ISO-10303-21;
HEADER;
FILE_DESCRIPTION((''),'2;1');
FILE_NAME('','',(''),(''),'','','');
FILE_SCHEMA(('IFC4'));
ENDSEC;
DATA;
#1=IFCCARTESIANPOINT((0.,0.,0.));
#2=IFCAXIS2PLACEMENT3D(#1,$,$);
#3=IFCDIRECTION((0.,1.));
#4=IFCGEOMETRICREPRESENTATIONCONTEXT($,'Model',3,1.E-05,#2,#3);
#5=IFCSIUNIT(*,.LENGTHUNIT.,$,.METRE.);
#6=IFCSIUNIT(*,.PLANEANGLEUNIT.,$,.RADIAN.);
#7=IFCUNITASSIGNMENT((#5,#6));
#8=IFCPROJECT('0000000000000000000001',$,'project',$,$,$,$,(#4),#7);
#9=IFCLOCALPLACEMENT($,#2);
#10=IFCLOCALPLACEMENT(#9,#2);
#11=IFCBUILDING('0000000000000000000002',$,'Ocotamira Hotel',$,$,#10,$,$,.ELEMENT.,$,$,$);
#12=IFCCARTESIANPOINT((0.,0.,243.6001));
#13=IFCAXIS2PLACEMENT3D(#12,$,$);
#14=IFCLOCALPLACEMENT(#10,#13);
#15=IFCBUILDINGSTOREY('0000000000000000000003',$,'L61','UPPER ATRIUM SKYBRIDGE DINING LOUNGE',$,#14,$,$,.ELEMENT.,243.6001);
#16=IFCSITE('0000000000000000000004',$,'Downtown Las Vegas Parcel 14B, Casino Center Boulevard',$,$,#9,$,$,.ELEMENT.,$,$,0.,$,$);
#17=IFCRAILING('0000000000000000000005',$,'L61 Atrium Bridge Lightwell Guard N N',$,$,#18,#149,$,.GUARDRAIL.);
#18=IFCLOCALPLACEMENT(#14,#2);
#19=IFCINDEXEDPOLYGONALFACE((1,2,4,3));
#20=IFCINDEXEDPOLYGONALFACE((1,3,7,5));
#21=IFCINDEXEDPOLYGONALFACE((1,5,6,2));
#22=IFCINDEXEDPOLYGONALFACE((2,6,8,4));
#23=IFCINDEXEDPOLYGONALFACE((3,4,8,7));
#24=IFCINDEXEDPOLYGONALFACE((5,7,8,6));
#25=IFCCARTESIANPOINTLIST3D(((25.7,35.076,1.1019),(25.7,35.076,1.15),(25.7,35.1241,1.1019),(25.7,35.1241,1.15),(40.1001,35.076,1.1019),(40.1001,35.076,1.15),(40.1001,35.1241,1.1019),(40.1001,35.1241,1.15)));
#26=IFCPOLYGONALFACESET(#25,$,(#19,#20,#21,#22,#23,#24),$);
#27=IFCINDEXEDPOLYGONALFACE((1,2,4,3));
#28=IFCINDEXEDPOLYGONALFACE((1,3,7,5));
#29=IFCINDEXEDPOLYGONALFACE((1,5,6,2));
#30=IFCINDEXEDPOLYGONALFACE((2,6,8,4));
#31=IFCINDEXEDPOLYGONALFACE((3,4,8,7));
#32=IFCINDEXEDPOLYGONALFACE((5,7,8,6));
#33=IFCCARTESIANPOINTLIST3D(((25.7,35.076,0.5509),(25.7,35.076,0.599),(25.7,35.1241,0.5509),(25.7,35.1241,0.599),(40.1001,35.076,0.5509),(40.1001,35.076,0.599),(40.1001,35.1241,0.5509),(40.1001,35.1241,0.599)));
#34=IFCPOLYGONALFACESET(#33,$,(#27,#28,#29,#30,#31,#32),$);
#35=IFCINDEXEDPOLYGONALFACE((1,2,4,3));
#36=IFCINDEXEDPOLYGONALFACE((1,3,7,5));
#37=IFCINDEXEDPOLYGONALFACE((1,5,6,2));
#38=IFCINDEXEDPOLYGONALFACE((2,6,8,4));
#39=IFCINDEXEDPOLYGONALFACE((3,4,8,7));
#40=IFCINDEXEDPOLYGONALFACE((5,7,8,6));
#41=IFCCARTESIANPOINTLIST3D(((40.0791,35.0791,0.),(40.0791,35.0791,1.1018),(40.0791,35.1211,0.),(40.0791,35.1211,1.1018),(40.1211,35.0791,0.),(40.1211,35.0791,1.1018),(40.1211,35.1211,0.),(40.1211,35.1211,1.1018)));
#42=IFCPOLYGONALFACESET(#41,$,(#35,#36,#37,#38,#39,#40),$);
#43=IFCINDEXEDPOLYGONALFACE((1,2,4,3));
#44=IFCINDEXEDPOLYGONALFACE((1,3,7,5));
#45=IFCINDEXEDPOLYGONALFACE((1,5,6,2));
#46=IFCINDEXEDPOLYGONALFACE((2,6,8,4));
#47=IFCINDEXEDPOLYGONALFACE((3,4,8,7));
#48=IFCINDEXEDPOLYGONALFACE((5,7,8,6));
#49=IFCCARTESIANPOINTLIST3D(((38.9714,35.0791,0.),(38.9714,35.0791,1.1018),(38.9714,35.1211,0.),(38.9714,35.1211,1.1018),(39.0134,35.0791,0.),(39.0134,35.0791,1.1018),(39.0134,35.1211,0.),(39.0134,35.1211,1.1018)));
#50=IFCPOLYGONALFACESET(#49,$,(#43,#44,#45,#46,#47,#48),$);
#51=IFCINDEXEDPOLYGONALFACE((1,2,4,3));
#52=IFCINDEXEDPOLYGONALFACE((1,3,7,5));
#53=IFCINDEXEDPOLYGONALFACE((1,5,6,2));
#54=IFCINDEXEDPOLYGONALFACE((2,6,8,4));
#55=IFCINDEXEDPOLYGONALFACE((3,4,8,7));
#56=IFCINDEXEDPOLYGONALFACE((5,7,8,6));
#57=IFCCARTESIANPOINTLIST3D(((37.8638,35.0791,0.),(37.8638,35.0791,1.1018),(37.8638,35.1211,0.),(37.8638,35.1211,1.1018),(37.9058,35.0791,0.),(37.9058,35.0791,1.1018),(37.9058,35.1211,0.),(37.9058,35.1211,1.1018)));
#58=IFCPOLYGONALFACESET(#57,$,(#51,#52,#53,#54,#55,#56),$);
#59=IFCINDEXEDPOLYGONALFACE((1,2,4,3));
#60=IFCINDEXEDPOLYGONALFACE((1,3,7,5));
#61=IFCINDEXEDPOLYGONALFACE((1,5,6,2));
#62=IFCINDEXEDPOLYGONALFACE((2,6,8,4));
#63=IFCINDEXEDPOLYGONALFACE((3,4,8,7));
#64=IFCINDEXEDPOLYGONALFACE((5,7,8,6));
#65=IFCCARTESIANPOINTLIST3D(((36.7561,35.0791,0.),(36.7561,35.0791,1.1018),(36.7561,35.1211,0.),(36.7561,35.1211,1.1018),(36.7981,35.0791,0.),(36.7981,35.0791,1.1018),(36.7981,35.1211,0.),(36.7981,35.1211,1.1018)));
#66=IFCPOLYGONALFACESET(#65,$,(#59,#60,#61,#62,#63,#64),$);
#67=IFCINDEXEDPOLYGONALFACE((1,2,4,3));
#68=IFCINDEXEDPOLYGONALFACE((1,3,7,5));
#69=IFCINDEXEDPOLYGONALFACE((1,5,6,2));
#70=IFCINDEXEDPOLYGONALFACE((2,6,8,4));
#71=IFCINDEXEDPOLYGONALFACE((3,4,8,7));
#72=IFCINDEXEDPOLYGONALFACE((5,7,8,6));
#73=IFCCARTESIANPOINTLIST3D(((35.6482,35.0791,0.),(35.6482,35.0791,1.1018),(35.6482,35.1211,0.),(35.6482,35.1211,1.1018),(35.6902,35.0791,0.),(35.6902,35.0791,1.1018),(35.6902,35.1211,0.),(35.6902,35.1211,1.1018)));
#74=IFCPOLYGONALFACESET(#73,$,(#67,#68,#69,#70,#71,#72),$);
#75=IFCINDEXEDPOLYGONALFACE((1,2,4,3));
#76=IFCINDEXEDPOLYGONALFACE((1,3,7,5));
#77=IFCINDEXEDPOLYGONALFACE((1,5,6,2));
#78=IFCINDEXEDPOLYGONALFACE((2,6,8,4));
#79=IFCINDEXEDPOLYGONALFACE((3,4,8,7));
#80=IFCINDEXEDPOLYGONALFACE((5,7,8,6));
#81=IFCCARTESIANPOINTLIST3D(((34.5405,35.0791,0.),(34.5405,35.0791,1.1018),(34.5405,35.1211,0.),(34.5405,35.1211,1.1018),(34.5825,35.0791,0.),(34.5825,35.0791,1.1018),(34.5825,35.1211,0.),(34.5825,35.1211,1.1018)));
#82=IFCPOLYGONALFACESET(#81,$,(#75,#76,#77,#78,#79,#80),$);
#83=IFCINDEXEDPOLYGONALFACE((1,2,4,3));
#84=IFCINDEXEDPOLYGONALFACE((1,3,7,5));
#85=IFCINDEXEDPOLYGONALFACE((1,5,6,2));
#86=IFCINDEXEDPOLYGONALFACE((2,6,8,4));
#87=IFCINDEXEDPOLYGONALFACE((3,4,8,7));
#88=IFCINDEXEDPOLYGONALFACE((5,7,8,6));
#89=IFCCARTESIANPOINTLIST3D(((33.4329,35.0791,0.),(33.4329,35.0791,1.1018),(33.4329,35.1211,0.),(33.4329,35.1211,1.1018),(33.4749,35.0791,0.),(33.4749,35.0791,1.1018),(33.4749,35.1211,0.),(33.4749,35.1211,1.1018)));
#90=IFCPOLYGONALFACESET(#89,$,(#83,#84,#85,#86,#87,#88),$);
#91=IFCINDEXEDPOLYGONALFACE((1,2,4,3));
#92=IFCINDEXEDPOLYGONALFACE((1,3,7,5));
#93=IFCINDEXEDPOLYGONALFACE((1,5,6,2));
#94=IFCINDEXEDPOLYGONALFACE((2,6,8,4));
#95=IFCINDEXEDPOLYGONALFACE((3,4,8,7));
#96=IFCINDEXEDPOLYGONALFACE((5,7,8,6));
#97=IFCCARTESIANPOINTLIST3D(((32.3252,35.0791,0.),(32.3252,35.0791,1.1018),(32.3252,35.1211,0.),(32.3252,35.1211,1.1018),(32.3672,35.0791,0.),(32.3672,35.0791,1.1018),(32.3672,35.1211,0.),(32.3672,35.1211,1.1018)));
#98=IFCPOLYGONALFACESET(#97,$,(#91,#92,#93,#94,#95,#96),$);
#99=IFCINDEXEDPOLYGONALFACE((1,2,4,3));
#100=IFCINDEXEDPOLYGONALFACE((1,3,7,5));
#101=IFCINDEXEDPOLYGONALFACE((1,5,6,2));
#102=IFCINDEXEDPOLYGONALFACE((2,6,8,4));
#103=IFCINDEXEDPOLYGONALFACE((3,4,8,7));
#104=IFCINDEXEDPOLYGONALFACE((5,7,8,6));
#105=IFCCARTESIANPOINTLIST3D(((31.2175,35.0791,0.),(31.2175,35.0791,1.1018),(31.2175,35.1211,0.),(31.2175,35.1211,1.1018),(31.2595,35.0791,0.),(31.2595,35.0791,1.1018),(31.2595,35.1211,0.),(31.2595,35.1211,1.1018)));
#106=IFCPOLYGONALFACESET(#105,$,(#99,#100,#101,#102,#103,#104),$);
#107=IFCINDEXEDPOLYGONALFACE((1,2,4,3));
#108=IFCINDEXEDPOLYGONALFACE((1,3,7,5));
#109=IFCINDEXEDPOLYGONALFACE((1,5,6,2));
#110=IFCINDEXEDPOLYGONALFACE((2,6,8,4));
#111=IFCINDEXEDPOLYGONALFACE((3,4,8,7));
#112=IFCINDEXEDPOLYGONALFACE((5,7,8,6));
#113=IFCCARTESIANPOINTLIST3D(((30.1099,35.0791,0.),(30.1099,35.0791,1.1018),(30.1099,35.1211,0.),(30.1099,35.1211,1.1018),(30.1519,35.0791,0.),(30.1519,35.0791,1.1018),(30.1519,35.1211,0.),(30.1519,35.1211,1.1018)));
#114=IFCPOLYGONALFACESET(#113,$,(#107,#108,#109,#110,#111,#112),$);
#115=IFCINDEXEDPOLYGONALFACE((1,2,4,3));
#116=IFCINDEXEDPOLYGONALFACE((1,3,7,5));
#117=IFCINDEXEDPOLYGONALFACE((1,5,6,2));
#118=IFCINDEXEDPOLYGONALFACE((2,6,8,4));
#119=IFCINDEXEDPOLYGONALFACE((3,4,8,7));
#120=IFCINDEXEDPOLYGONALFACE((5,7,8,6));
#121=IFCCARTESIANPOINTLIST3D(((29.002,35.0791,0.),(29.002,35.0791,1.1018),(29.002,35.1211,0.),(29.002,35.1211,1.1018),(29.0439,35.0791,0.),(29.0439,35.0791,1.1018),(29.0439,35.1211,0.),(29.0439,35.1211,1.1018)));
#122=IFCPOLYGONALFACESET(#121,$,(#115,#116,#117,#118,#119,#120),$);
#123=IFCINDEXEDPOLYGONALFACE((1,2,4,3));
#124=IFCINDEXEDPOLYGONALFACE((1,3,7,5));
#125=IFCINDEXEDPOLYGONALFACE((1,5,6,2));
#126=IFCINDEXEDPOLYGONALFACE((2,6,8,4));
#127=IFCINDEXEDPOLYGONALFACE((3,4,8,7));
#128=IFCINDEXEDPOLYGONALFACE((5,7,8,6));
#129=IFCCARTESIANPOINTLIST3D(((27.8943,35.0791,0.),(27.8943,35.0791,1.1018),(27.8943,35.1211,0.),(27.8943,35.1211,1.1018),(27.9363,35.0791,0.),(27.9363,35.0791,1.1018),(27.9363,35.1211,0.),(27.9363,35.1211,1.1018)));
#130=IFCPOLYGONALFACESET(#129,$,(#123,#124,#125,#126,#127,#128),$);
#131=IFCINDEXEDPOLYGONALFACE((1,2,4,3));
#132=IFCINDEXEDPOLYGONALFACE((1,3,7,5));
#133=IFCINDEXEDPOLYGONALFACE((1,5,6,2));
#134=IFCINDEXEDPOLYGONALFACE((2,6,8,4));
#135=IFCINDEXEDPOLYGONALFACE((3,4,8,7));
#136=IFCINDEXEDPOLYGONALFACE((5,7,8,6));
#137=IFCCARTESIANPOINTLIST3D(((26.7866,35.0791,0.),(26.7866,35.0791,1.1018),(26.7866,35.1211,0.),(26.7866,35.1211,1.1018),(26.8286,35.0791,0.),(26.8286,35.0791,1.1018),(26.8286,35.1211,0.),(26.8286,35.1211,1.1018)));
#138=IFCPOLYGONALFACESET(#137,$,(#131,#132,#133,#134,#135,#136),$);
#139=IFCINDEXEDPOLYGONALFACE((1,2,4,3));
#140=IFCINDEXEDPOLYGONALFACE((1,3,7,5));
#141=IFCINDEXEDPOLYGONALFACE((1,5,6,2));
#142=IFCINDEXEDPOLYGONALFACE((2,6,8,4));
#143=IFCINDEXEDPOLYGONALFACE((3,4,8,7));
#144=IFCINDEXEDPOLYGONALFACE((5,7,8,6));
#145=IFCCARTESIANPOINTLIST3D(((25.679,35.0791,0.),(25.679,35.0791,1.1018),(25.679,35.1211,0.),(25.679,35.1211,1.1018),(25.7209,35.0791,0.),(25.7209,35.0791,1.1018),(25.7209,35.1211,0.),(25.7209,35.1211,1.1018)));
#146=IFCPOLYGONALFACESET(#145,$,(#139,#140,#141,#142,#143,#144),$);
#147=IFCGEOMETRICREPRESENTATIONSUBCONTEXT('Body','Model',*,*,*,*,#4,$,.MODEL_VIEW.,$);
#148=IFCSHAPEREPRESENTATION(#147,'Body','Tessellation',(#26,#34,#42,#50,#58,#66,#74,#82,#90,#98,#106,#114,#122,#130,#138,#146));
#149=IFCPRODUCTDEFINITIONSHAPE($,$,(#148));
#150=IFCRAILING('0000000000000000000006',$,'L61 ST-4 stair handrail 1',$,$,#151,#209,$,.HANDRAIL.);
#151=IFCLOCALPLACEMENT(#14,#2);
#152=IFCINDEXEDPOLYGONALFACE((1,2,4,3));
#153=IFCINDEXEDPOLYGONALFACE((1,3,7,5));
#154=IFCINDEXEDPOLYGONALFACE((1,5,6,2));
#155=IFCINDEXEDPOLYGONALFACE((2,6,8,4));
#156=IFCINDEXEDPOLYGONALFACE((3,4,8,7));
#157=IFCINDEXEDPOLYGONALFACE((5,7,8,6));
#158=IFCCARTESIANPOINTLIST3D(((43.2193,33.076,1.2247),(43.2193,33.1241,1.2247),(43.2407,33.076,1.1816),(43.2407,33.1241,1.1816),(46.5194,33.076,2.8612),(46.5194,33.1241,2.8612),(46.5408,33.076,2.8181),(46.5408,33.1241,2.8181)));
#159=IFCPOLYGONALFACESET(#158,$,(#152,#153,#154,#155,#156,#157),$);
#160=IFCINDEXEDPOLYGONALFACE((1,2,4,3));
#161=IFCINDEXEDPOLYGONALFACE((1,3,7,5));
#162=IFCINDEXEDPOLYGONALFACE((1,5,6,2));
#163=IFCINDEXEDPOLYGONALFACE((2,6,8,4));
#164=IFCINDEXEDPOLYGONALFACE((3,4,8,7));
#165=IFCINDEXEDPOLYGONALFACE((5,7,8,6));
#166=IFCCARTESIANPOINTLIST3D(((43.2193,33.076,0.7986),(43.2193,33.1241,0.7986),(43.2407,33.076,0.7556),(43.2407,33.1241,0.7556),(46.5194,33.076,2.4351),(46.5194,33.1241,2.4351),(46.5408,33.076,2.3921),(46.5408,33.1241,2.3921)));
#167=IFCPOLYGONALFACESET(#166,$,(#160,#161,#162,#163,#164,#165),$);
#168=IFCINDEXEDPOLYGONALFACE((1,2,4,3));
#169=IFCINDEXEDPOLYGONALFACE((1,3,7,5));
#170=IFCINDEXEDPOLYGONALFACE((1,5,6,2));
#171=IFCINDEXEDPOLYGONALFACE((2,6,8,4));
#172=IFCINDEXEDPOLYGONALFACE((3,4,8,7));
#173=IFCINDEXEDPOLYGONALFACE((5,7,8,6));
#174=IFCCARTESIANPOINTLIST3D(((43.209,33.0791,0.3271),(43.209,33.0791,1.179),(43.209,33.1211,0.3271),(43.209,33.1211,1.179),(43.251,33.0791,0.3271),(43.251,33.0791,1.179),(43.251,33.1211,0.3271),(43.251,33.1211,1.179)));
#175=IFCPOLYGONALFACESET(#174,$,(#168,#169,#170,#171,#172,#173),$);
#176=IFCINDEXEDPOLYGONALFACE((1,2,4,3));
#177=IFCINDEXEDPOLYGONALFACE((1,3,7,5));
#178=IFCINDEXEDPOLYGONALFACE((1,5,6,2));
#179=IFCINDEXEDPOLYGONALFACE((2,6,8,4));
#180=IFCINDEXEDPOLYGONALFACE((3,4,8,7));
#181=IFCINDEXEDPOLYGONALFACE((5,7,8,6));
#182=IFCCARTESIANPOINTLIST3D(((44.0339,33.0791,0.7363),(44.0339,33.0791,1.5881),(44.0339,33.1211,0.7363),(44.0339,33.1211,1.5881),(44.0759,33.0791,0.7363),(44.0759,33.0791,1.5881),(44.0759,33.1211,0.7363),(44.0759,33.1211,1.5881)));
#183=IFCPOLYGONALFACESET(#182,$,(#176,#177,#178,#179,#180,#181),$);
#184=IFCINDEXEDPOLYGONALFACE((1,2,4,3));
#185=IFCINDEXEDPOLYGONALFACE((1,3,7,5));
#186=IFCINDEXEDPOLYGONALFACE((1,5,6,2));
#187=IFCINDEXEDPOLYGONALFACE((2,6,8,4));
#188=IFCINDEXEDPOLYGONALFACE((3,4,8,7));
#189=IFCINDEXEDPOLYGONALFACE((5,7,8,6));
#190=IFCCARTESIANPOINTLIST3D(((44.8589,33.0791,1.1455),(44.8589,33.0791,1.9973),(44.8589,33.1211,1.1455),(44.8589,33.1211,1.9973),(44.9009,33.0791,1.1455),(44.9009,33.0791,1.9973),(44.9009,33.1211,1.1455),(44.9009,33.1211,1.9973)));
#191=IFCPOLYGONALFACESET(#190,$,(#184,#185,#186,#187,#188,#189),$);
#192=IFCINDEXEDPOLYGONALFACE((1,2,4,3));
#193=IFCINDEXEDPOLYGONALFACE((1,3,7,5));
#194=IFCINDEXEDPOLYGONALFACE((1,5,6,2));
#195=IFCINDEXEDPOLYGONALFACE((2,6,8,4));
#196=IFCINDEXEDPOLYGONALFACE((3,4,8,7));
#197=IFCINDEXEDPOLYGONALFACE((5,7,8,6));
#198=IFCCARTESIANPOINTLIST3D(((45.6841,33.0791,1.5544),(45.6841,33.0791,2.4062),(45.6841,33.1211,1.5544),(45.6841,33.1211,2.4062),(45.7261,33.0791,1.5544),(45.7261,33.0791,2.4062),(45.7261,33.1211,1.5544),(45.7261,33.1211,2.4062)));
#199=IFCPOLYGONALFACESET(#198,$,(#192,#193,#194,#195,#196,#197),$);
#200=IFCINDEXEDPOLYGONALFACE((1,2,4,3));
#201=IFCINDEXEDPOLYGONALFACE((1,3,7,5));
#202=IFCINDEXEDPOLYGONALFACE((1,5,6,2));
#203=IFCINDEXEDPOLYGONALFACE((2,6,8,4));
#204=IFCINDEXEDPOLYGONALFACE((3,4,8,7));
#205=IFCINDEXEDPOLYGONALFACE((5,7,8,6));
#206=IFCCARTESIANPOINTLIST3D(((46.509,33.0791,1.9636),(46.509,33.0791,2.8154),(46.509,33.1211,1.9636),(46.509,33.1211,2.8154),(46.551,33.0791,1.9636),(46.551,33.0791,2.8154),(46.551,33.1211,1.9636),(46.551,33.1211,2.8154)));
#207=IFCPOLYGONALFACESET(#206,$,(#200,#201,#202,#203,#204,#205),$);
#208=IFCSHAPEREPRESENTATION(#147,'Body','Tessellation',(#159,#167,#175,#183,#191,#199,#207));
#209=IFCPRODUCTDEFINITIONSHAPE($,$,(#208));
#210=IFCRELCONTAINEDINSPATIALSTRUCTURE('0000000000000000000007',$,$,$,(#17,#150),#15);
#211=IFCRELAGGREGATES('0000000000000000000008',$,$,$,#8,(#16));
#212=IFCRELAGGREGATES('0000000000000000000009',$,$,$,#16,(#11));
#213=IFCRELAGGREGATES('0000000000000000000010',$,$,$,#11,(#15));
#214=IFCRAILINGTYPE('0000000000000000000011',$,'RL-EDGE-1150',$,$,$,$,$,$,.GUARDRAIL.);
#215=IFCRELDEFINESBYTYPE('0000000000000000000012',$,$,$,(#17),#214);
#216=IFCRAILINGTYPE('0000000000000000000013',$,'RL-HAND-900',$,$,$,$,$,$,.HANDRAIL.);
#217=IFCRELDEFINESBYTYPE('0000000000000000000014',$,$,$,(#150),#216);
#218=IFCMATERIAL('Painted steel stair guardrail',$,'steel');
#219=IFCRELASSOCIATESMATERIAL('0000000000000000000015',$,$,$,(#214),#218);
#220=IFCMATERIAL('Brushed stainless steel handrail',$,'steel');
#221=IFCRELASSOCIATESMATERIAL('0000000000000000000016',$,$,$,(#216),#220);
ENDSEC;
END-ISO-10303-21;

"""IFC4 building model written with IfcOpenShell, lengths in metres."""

from ifc_helpers import new_model, si_unit, direction, frame, origin, origin_2d, place, context, subcontext, project, spatial, rectangle, extrude, material, type_object, element, save


model = new_model("IFC4")

# Units and contexts
model_context = context("Model", 3, precision=1e-05, world=origin(), true_north=direction((0.0, 1.0)))
body_context = subcontext(model_context, "Body", "Model", "MODEL_VIEW")
ifc_project = project(units=[si_unit("LENGTHUNIT", "METRE"), si_unit("PLANEANGLEUNIT", "RADIAN")], contexts=[model_context])

# Site, building, storey
site_placement = place(None, origin())
site = spatial("IfcSite", under=ifc_project, at=site_placement, Name="Downtown Las Vegas Parcel 14B, Casino Center Boulevard", CompositionType="ELEMENT", RefElevation=0.0)
building_placement = place(site_placement, origin())
building = spatial("IfcBuilding", under=site, at=building_placement, Name="Ocotamira Hotel", CompositionType="ELEMENT")
storey_placement = place(building_placement, frame((0.0, 0.0, 243.6001)))
storey = spatial("IfcBuildingStorey", under=building, at=storey_placement, Name="L61", Description="UPPER ATRIUM SKYBRIDGE DINING LOUNGE", CompositionType="ELEMENT", Elevation=243.6001)

# Railings
ifc_material_1 = material(Name="Painted steel stair guardrail", Category="steel")
railing_type_1 = type_object("IfcRailingType", Name="RL-EDGE-1150", PredefinedType="GUARDRAIL", material=ifc_material_1)
railing_1_placement = place(storey_placement, frame((40.1001, 35.1001, 0.0)))
element("IfcRailing", 1, at=railing_1_placement, inside=storey, type_object=railing_type_1, Name="L61 Atrium Bridge Lightwell Guard N N", PredefinedType="GUARDRAIL", context=body_context, shape_type="SweptSolid", body=[
    extrude(rectangle(XDim=0.0481, YDim=0.0481, at=origin_2d()), frame((0.0, 0.0, 1.126), z_axis=(-1.0, 0.0, 0.0), x_axis=(0.0, -1.0, 0.0)), (0.0, 0.0, 1.0), 14.4001),
    extrude(rectangle(XDim=0.0481, YDim=0.0481, at=origin_2d()), frame((0.0, 0.0, 0.575), z_axis=(-1.0, 0.0, 0.0), x_axis=(0.0, -1.0, 0.0)), (0.0, 0.0, 1.0), 14.4001),
    extrude(rectangle(XDim=0.042, YDim=0.042, at=origin_2d()), origin(), (0.0, 0.0, 1.0), 1.1018),
    extrude(rectangle(XDim=0.042, YDim=0.042, at=origin_2d()), frame((-1.1077, 0.0, 0.0)), (0.0, 0.0, 1.0), 1.1018),
    extrude(rectangle(XDim=0.042, YDim=0.042, at=origin_2d()), frame((-2.2153, 0.0, 0.0)), (0.0, 0.0, 1.0), 1.1018),
    extrude(rectangle(XDim=0.042, YDim=0.042, at=origin_2d()), frame((-3.323, 0.0, 0.0)), (0.0, 0.0, 1.0), 1.1018),
    extrude(rectangle(XDim=0.042, YDim=0.042, at=origin_2d()), frame((-4.4309, 0.0, 0.0)), (0.0, 0.0, 1.0), 1.1018),
    extrude(rectangle(XDim=0.042, YDim=0.042, at=origin_2d()), frame((-5.5386, 0.0, 0.0)), (0.0, 0.0, 1.0), 1.1018),
    extrude(rectangle(XDim=0.042, YDim=0.042, at=origin_2d()), frame((-6.6462, 0.0, 0.0)), (0.0, 0.0, 1.0), 1.1018),
    extrude(rectangle(XDim=0.042, YDim=0.042, at=origin_2d()), frame((-7.7539, 0.0, 0.0)), (0.0, 0.0, 1.0), 1.1018),
    extrude(rectangle(XDim=0.042, YDim=0.042, at=origin_2d()), frame((-8.8616, 0.0, 0.0)), (0.0, 0.0, 1.0), 1.1018),
    extrude(rectangle(XDim=0.042, YDim=0.042, at=origin_2d()), frame((-9.9692, 0.0, 0.0)), (0.0, 0.0, 1.0), 1.1018),
    extrude(rectangle(XDim=0.042, YDim=0.042, at=origin_2d()), frame((-11.0771, 0.0, 0.0)), (0.0, 0.0, 1.0), 1.1018),
    extrude(rectangle(XDim=0.042, YDim=0.042, at=origin_2d()), frame((-12.1848, 0.0, 0.0)), (0.0, 0.0, 1.0), 1.1018),
    extrude(rectangle(XDim=0.042, YDim=0.042, at=origin_2d()), frame((-13.2925, 0.0, 0.0)), (0.0, 0.0, 1.0), 1.1018),
    extrude(rectangle(XDim=0.042, YDim=0.042, at=origin_2d()), frame((-14.4001, 0.0, 0.0)), (0.0, 0.0, 1.0), 1.1018),
])
ifc_material_2 = material(Name="Brushed stainless steel handrail", Category="steel")
railing_type_2 = type_object("IfcRailingType", Name="RL-HAND-900", PredefinedType="HANDRAIL", material=ifc_material_2)
railing_2_placement = place(storey_placement, frame((43.23, 33.1001, 0.3271)))
element("IfcRailing", 2, at=railing_2_placement, inside=storey, type_object=railing_type_2, Name="L61 ST-4 stair handrail 1", PredefinedType="HANDRAIL", context=body_context, shape_type="SweptSolid", body=[
    extrude(rectangle(XDim=0.0481, YDim=0.0481, at=origin_2d()), frame((0.0, 0.0, 0.876), z_axis=(0.895894, 0.0, 0.444268), x_axis=(0.0, 1.0, 0.0)), (0.0, 0.0, 1.0), 3.6836),
    extrude(rectangle(XDim=0.0481, YDim=0.0481, at=origin_2d()), frame((0.0, 0.0, 0.45), z_axis=(0.895894, 0.0, 0.444268), x_axis=(0.0, 1.0, 0.0)), (0.0, 0.0, 1.0), 3.6836),
    extrude(rectangle(XDim=0.042, YDim=0.042, at=origin_2d()), origin(), (0.0, 0.0, 1.0), 0.8518),
    extrude(rectangle(XDim=0.042, YDim=0.042, at=origin_2d()), frame((0.825, 0.0, 0.4092)), (0.0, 0.0, 1.0), 0.8518),
    extrude(rectangle(XDim=0.042, YDim=0.042, at=origin_2d()), frame((1.6499, 0.0, 0.8184)), (0.0, 0.0, 1.0), 0.8518),
    extrude(rectangle(XDim=0.042, YDim=0.042, at=origin_2d()), frame((2.4751, 0.0, 1.2273)), (0.0, 0.0, 1.0), 0.8518),
    extrude(rectangle(XDim=0.042, YDim=0.042, at=origin_2d()), frame((3.3, 0.0, 1.6365)), (0.0, 0.0, 1.0), 0.8518),
])

save(model, "model.ifc")
